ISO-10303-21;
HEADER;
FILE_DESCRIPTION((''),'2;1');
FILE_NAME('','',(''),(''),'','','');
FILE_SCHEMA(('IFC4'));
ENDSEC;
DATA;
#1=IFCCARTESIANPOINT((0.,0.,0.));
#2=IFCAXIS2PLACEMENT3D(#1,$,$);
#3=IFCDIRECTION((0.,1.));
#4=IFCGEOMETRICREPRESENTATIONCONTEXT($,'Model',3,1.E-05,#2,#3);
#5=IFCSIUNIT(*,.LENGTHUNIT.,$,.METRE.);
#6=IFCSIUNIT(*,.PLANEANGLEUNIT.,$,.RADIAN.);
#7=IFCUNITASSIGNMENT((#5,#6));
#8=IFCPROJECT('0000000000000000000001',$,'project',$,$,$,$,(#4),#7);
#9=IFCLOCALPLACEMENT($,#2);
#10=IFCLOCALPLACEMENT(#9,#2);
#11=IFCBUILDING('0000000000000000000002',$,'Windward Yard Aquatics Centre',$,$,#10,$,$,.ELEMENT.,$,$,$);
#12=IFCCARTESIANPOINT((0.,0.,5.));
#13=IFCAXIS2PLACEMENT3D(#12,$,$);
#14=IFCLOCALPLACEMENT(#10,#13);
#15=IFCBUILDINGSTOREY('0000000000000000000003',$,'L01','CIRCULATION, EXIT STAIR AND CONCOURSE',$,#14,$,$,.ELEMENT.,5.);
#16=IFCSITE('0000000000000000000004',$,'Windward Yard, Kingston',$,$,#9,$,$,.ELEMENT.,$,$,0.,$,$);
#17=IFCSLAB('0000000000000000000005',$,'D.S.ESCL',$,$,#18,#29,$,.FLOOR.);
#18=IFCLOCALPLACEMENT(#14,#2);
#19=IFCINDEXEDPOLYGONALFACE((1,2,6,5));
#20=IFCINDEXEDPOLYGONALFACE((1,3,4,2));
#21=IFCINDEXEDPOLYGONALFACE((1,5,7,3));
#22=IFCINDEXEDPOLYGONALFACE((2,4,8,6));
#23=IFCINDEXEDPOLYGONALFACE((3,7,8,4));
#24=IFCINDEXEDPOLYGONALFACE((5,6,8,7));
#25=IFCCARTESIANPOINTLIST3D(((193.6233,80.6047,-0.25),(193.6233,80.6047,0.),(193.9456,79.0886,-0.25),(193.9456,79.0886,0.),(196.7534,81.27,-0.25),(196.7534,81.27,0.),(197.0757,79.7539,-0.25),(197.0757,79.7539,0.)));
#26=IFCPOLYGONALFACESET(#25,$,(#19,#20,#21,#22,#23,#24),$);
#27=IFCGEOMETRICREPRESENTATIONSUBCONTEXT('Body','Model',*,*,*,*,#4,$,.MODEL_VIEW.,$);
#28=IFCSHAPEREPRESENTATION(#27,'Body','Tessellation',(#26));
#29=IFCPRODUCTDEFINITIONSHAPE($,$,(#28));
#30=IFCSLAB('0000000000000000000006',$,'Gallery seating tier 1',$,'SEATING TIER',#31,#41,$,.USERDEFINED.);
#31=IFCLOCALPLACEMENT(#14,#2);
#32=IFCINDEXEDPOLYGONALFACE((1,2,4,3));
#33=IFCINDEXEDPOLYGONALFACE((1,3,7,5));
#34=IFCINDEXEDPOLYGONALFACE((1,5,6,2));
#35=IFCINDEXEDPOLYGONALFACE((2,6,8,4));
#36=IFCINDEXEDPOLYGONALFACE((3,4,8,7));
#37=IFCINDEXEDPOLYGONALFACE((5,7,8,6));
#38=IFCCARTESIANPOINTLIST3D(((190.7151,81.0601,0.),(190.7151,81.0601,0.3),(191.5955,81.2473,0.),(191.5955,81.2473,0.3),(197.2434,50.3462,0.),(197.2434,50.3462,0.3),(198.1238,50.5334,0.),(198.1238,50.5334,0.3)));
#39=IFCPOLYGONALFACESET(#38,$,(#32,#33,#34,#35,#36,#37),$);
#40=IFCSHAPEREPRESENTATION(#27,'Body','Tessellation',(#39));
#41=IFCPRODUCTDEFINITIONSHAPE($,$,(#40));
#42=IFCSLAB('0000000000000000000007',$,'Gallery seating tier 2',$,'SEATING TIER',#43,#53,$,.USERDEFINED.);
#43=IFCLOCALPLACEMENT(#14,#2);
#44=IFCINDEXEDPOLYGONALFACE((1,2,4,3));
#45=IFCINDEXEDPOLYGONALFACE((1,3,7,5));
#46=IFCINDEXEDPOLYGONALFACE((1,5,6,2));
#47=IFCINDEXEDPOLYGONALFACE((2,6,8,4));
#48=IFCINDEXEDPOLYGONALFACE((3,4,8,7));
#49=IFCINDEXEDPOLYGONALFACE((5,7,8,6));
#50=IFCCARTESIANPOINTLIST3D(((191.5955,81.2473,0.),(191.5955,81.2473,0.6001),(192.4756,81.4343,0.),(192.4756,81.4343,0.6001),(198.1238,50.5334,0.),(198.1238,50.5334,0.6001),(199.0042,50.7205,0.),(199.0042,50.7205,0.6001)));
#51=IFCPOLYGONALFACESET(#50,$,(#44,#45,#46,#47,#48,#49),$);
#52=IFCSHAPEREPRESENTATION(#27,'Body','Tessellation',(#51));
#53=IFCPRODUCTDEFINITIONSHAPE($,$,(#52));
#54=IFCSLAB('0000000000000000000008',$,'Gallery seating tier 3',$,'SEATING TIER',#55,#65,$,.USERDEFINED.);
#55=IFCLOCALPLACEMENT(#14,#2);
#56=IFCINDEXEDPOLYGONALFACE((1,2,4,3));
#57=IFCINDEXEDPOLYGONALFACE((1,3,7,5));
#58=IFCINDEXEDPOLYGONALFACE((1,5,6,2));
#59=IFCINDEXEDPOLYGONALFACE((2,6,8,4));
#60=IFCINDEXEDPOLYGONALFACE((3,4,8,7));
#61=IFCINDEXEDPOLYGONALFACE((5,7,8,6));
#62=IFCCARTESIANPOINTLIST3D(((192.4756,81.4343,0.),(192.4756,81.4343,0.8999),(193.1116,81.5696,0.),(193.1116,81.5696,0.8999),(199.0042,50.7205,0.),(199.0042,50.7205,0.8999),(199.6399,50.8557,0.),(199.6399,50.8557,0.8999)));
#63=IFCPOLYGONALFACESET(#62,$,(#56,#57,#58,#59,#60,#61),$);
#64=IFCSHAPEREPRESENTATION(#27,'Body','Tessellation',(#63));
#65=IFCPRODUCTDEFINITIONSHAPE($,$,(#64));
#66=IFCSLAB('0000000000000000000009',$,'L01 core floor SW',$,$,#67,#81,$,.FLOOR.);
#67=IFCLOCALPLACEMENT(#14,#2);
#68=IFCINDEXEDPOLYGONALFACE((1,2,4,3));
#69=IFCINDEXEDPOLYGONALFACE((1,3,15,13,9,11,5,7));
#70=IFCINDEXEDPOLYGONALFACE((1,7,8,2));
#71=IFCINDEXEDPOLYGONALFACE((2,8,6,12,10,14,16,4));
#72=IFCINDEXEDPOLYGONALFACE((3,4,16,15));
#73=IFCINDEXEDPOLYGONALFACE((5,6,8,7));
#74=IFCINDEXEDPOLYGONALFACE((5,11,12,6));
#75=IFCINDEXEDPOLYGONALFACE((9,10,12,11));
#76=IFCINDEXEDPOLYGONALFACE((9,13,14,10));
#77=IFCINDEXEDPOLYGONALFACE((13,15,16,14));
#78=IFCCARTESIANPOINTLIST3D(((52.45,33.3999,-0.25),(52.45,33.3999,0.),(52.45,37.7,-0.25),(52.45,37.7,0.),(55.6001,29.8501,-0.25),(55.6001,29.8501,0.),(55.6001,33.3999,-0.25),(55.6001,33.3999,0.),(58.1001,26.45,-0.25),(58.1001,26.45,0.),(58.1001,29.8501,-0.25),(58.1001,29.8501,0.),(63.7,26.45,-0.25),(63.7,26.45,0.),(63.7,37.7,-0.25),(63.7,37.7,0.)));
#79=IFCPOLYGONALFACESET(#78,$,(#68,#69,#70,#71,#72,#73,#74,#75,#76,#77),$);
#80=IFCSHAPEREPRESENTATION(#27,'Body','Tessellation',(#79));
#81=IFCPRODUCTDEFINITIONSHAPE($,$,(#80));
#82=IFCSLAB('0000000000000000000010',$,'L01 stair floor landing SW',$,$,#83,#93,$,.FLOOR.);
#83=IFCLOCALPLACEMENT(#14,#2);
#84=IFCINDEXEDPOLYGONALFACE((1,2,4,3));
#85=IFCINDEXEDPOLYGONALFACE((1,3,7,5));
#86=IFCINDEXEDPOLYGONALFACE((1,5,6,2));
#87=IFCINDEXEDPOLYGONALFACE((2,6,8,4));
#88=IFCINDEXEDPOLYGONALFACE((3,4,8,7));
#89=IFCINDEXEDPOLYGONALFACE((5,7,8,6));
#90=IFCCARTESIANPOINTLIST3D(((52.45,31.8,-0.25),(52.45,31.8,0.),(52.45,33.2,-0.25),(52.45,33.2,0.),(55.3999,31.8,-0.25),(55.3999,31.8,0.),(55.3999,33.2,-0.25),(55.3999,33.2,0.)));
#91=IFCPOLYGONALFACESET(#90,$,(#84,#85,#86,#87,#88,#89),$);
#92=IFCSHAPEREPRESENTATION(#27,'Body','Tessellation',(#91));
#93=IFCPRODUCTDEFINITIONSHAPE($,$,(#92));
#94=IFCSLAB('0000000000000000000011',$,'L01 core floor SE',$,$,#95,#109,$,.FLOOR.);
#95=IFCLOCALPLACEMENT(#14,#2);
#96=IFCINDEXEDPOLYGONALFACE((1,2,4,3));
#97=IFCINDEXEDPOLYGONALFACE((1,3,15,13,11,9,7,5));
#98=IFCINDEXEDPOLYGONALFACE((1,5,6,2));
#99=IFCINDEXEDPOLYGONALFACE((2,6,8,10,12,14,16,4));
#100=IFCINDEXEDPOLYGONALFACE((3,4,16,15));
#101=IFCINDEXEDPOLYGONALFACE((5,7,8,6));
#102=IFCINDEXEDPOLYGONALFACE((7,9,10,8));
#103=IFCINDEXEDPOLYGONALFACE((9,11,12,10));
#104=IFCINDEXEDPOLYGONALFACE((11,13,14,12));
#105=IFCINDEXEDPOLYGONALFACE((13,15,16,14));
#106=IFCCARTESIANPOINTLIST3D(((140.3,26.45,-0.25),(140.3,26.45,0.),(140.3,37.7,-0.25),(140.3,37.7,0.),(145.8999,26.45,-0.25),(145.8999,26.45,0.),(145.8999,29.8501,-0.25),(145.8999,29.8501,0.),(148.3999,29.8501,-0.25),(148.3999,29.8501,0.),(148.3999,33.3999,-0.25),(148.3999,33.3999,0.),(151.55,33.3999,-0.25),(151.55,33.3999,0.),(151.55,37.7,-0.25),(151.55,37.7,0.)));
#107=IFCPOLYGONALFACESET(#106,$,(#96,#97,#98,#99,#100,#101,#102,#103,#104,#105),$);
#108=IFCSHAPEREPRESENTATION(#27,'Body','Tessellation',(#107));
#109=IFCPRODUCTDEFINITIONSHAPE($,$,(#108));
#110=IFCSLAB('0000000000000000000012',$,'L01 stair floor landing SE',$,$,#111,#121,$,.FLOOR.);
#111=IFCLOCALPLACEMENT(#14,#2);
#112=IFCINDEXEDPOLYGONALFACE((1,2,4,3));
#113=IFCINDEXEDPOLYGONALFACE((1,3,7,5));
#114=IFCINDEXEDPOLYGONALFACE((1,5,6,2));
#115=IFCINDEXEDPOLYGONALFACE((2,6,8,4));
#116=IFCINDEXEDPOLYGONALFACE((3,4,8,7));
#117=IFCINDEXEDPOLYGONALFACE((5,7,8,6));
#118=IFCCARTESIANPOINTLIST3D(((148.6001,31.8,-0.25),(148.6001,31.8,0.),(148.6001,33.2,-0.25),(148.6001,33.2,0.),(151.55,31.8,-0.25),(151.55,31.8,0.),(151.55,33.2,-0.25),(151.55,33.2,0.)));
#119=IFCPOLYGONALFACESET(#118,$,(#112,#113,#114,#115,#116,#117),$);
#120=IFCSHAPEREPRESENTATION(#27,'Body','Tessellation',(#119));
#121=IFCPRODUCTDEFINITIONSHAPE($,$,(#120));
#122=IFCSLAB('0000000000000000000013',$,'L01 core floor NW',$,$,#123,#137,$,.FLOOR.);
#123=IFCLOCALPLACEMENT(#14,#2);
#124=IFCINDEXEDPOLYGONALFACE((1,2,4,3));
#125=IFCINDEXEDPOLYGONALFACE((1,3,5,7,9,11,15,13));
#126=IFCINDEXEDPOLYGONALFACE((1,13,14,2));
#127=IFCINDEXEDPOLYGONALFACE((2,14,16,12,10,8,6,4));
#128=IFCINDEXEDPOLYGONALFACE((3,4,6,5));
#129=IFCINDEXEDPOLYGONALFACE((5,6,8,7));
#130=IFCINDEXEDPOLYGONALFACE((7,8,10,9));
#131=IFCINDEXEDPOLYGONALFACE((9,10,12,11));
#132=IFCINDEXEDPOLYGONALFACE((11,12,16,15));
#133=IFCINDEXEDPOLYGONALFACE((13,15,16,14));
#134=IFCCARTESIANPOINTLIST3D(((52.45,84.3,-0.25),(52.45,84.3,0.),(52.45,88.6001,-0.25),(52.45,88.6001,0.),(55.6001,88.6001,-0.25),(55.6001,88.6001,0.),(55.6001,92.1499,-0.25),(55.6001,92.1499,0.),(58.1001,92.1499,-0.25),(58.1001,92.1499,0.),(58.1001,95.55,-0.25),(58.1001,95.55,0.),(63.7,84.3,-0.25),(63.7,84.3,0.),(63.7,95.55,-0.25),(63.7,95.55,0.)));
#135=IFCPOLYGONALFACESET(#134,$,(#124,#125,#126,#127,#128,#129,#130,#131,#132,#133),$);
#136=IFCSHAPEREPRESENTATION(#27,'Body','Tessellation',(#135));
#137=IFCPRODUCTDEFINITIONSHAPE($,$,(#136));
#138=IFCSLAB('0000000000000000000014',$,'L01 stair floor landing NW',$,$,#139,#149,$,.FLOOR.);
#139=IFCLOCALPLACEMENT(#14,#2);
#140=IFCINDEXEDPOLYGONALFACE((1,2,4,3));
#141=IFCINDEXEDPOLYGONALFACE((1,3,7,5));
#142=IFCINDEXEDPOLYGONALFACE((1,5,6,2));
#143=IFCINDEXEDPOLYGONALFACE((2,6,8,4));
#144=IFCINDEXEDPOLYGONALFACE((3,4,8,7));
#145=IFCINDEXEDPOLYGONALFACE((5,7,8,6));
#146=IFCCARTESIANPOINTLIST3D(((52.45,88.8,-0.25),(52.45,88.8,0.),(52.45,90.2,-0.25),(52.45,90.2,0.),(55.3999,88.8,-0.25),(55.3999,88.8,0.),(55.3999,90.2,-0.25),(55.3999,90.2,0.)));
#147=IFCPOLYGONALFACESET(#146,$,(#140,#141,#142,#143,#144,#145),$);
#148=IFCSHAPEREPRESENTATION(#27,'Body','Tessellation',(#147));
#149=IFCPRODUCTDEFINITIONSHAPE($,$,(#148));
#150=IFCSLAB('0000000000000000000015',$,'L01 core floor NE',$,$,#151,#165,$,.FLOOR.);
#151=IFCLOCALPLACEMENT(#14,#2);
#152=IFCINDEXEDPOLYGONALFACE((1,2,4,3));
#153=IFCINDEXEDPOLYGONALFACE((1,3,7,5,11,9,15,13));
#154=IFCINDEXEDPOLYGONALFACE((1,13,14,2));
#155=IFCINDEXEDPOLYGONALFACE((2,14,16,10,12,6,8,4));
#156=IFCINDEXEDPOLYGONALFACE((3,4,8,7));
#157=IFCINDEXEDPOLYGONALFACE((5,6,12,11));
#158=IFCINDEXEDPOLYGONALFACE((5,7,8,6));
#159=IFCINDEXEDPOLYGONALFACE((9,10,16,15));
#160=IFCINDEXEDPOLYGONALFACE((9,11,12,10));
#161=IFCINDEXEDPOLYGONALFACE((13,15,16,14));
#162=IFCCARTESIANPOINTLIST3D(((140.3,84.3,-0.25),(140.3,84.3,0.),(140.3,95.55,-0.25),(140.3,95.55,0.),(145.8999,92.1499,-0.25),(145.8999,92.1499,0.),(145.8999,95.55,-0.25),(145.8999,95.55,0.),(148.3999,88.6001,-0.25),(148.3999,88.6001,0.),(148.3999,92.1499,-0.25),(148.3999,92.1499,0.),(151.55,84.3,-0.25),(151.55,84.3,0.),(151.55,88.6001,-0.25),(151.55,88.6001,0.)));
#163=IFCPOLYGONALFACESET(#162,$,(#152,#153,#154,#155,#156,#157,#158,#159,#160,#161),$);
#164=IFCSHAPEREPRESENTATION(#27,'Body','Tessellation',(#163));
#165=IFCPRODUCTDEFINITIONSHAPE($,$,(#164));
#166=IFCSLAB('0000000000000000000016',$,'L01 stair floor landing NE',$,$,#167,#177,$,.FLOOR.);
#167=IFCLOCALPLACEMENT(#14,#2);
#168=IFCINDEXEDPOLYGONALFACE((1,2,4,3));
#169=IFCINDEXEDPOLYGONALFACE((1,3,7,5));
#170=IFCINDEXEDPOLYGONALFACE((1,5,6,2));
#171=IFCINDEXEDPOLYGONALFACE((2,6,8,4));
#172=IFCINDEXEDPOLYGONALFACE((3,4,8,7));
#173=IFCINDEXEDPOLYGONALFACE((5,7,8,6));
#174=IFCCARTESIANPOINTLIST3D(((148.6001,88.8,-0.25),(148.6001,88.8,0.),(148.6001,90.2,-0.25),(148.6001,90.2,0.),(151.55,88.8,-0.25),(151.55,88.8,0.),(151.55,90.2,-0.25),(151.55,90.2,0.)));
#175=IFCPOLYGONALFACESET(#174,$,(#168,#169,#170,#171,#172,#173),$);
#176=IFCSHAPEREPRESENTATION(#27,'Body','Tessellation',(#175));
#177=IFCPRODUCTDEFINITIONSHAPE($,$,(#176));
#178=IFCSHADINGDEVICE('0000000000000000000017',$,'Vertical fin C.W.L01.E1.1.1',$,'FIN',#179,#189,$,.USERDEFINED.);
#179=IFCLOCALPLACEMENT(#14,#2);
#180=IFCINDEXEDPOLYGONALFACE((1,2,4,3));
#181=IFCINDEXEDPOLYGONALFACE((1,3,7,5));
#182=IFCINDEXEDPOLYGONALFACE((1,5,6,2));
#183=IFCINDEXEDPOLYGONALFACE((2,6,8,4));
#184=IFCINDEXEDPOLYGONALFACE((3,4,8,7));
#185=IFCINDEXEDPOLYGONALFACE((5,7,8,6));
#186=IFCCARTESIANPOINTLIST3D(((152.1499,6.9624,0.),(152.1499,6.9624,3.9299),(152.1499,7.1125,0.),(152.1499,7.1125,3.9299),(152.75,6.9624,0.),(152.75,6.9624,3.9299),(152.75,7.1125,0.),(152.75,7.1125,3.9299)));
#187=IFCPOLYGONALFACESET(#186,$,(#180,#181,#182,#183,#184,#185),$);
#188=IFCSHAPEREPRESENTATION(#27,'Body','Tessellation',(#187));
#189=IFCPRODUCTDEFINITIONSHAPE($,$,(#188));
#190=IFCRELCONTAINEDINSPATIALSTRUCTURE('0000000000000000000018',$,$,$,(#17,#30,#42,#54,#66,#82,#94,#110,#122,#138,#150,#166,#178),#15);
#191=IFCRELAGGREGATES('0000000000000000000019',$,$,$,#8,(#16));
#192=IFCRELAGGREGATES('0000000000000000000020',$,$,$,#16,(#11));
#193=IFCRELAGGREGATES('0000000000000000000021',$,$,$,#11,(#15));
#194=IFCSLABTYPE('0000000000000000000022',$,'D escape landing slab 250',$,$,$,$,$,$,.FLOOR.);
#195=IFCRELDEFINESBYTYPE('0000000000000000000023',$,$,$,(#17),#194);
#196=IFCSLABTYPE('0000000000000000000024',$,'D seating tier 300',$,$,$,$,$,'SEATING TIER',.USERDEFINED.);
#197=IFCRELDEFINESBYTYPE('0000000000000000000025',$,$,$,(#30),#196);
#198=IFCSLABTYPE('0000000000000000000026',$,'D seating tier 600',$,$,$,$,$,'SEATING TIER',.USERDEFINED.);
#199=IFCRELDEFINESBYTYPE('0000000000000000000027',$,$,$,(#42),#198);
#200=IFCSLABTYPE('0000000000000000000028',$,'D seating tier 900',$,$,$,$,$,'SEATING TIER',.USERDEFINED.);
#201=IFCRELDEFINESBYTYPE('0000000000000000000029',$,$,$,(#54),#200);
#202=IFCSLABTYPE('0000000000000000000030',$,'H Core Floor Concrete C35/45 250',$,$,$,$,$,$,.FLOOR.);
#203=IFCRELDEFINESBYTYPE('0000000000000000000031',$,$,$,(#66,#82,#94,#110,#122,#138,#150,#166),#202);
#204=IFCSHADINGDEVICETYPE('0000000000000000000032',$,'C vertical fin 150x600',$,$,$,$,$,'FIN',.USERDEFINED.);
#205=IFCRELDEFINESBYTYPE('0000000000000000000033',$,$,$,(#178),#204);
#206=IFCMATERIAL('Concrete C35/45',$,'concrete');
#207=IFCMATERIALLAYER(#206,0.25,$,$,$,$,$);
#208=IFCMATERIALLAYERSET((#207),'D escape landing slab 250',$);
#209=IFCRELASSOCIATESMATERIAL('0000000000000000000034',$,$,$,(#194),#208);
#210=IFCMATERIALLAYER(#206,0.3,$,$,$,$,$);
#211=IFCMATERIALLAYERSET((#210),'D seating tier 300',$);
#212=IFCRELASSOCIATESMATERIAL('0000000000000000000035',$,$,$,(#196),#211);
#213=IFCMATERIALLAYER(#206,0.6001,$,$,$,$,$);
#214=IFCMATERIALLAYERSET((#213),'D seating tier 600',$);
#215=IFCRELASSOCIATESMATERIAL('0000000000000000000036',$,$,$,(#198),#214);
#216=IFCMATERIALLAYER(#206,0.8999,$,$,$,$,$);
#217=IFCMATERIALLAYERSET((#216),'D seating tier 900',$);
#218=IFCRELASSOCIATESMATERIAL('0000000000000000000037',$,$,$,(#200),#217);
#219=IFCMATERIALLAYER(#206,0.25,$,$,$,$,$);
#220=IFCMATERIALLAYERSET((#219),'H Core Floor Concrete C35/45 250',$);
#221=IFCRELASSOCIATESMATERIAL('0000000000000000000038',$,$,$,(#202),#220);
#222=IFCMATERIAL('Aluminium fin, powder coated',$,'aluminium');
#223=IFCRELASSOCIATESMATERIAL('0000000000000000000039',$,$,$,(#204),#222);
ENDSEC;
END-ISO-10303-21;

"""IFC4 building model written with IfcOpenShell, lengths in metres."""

from ifc_helpers import new_model, si_unit, direction, frame, origin, place, context, subcontext, project, spatial, polyline, outline, extrude, material, layer, layer_set, type_object, element, save


model = new_model("IFC4")

# Units and contexts
model_context = context("Model", 3, precision=1e-05, world=origin(), true_north=direction((0.0, 1.0)))
body_context = subcontext(model_context, "Body", "Model", "MODEL_VIEW")
ifc_project = project(units=[si_unit("LENGTHUNIT", "METRE"), si_unit("PLANEANGLEUNIT", "RADIAN")], contexts=[model_context])

# Site, building, storey
site_placement = place(None, origin())
site = spatial("IfcSite", under=ifc_project, at=site_placement, Name="Windward Yard, Kingston", CompositionType="ELEMENT", RefElevation=0.0)
building_placement = place(site_placement, origin())
building = spatial("IfcBuilding", under=site, at=building_placement, Name="Windward Yard Aquatics Centre", CompositionType="ELEMENT")
storey_placement = place(building_placement, frame((0.0, 0.0, 5.0)))
storey = spatial("IfcBuildingStorey", under=building, at=storey_placement, Name="L01", Description="CIRCULATION, EXIT STAIR AND CONCOURSE", CompositionType="ELEMENT", Elevation=5.0)

# Slabs
ifc_material_1 = material(Name="Concrete C35/45", Category="concrete")
ifc_layer_1 = layer(ifc_material_1, 0.25)
ifc_layer_set_1 = layer_set([ifc_layer_1], Name="D escape landing slab 250")
slab_type_1 = type_object("IfcSlabType", Name="D escape landing slab 250", PredefinedType="FLOOR", material=ifc_layer_set_1)
slab_1_placement = place(storey_placement, frame((0.0, 0.0, -0.25)))
element("IfcSlab", 1, at=slab_1_placement, inside=storey, type_object=slab_type_1, Name="D.S.ESCL", PredefinedType="FLOOR", context=body_context, shape_type="SweptSolid", body=[
    extrude(outline(polyline([(193.6233, 80.6047), (193.9456, 79.0886), (197.0757, 79.7539), (196.7534, 81.27), (193.6233, 80.6047)])), origin(), (0.0, 0.0, 1.0), 0.25),
])
ifc_layer_2 = layer(ifc_material_1, 0.3)
ifc_layer_set_2 = layer_set([ifc_layer_2], Name="D seating tier 300")
slab_type_2 = type_object("IfcSlabType", Name="D seating tier 300", ElementType="SEATING TIER", PredefinedType="USERDEFINED", material=ifc_layer_set_2)
slab_2_placement = place(storey_placement, origin())
element("IfcSlab", 2, at=slab_2_placement, inside=storey, type_object=slab_type_2, Name="Gallery seating tier 1", ObjectType="SEATING TIER", PredefinedType="USERDEFINED", context=body_context, shape_type="SweptSolid", body=[
    extrude(outline(polyline([(190.7151, 81.0601), (197.2434, 50.3462), (198.1238, 50.5334), (191.5955, 81.2473), (190.7151, 81.0601)])), origin(), (0.0, 0.0, 1.0), 0.3),
])
ifc_layer_3 = layer(ifc_material_1, 0.6001)
ifc_layer_set_3 = layer_set([ifc_layer_3], Name="D seating tier 600")
slab_type_3 = type_object("IfcSlabType", Name="D seating tier 600", ElementType="SEATING TIER", PredefinedType="USERDEFINED", material=ifc_layer_set_3)
slab_3_placement = place(storey_placement, origin())
element("IfcSlab", 3, at=slab_3_placement, inside=storey, type_object=slab_type_3, Name="Gallery seating tier 2", ObjectType="SEATING TIER", PredefinedType="USERDEFINED", context=body_context, shape_type="SweptSolid", body=[
    extrude(outline(polyline([(191.5955, 81.2473), (198.1238, 50.5334), (199.0042, 50.7205), (192.4756, 81.4343), (191.5955, 81.2473)])), origin(), (0.0, 0.0, 1.0), 0.6001),
])
ifc_layer_4 = layer(ifc_material_1, 0.8999)
ifc_layer_set_4 = layer_set([ifc_layer_4], Name="D seating tier 900")
slab_type_4 = type_object("IfcSlabType", Name="D seating tier 900", ElementType="SEATING TIER", PredefinedType="USERDEFINED", material=ifc_layer_set_4)
slab_4_placement = place(storey_placement, origin())
element("IfcSlab", 4, at=slab_4_placement, inside=storey, type_object=slab_type_4, Name="Gallery seating tier 3", ObjectType="SEATING TIER", PredefinedType="USERDEFINED", context=body_context, shape_type="SweptSolid", body=[
    extrude(outline(polyline([(192.4756, 81.4343), (199.0042, 50.7205), (199.6399, 50.8557), (193.1116, 81.5696), (192.4756, 81.4343)])), origin(), (0.0, 0.0, 1.0), 0.8999),
])
ifc_layer_5 = layer(ifc_material_1, 0.25)
ifc_layer_set_5 = layer_set([ifc_layer_5], Name="H Core Floor Concrete C35/45 250")
slab_type_5 = type_object("IfcSlabType", Name="H Core Floor Concrete C35/45 250", PredefinedType="FLOOR", material=ifc_layer_set_5)
slab_5_placement = place(storey_placement, frame((0.0, 0.0, -0.25)))
element("IfcSlab", 5, at=slab_5_placement, inside=storey, type_object=slab_type_5, Name="L01 core floor SW", PredefinedType="FLOOR", context=body_context, shape_type="SweptSolid", body=[
    extrude(outline(polyline([(52.45, 33.3999), (55.6001, 33.3999), (55.6001, 29.8501), (58.1001, 29.8501), (58.1001, 26.45), (63.7, 26.45), (63.7, 37.7), (52.45, 37.7), (52.45, 33.3999)])), origin(), (0.0, 0.0, 1.0), 0.25),
])
slab_6_placement = place(storey_placement, frame((0.0, 0.0, -0.25)))
element("IfcSlab", 6, at=slab_6_placement, inside=storey, type_object=slab_type_5, Name="L01 stair floor landing SW", PredefinedType="FLOOR", context=body_context, shape_type="SweptSolid", body=[
    extrude(outline(polyline([(52.45, 31.8), (55.3999, 31.8), (55.3999, 33.2), (52.45, 33.2), (52.45, 31.8)])), origin(), (0.0, 0.0, 1.0), 0.25),
])
slab_7_placement = place(storey_placement, frame((0.0, 0.0, -0.25)))
element("IfcSlab", 7, at=slab_7_placement, inside=storey, type_object=slab_type_5, Name="L01 core floor SE", PredefinedType="FLOOR", context=body_context, shape_type="SweptSolid", body=[
    extrude(outline(polyline([(140.3, 26.45), (145.8999, 26.45), (145.8999, 29.8501), (148.3999, 29.8501), (148.3999, 33.3999), (151.55, 33.3999), (151.55, 37.7), (140.3, 37.7), (140.3, 26.45)])), origin(), (0.0, 0.0, 1.0), 0.25),
])
slab_8_placement = place(storey_placement, frame((0.0, 0.0, -0.25)))
element("IfcSlab", 8, at=slab_8_placement, inside=storey, type_object=slab_type_5, Name="L01 stair floor landing SE", PredefinedType="FLOOR", context=body_context, shape_type="SweptSolid", body=[
    extrude(outline(polyline([(148.6001, 31.8), (151.55, 31.8), (151.55, 33.2), (148.6001, 33.2), (148.6001, 31.8)])), origin(), (0.0, 0.0, 1.0), 0.25),
])
slab_9_placement = place(storey_placement, frame((0.0, 0.0, -0.25)))
element("IfcSlab", 9, at=slab_9_placement, inside=storey, type_object=slab_type_5, Name="L01 core floor NW", PredefinedType="FLOOR", context=body_context, shape_type="SweptSolid", body=[
    extrude(outline(polyline([(52.45, 84.3), (63.7, 84.3), (63.7, 95.55), (58.1001, 95.55), (58.1001, 92.1499), (55.6001, 92.1499), (55.6001, 88.6001), (52.45, 88.6001), (52.45, 84.3)])), origin(), (0.0, 0.0, 1.0), 0.25),
])
slab_10_placement = place(storey_placement, frame((0.0, 0.0, -0.25)))
element("IfcSlab", 10, at=slab_10_placement, inside=storey, type_object=slab_type_5, Name="L01 stair floor landing NW", PredefinedType="FLOOR", context=body_context, shape_type="SweptSolid", body=[
    extrude(outline(polyline([(52.45, 88.8), (55.3999, 88.8), (55.3999, 90.2), (52.45, 90.2), (52.45, 88.8)])), origin(), (0.0, 0.0, 1.0), 0.25),
])
slab_11_placement = place(storey_placement, frame((0.0, 0.0, -0.25)))
element("IfcSlab", 11, at=slab_11_placement, inside=storey, type_object=slab_type_5, Name="L01 core floor NE", PredefinedType="FLOOR", context=body_context, shape_type="SweptSolid", body=[
    extrude(outline(polyline([(140.3, 84.3), (151.55, 84.3), (151.55, 88.6001), (148.3999, 88.6001), (148.3999, 92.1499), (145.8999, 92.1499), (145.8999, 95.55), (140.3, 95.55), (140.3, 84.3)])), origin(), (0.0, 0.0, 1.0), 0.25),
])
slab_12_placement = place(storey_placement, frame((0.0, 0.0, -0.25)))
element("IfcSlab", 12, at=slab_12_placement, inside=storey, type_object=slab_type_5, Name="L01 stair floor landing NE", PredefinedType="FLOOR", context=body_context, shape_type="SweptSolid", body=[
    extrude(outline(polyline([(148.6001, 88.8), (151.55, 88.8), (151.55, 90.2), (148.6001, 90.2), (148.6001, 88.8)])), origin(), (0.0, 0.0, 1.0), 0.25),
])

# Shading device
ifc_material_2 = material(Name="Aluminium fin, powder coated", Category="aluminium")
shading_device_type = type_object("IfcShadingDeviceType", Name="C vertical fin 150x600", ElementType="FIN", PredefinedType="USERDEFINED", material=ifc_material_2)
shading_device_1_placement = place(storey_placement, origin())
element("IfcShadingDevice", 13, at=shading_device_1_placement, inside=storey, type_object=shading_device_type, Name="Vertical fin C.W.L01.E1.1.1", ObjectType="FIN", PredefinedType="USERDEFINED", context=body_context, shape_type="SweptSolid", body=[
    extrude(outline(polyline([(152.1499, 6.9624), (152.1499, 7.1125), (152.75, 7.1125), (152.75, 6.9624), (152.1499, 6.9624)])), origin(), (0.0, 0.0, 1.0), 3.9299),
])

save(model, "model.ifc")
